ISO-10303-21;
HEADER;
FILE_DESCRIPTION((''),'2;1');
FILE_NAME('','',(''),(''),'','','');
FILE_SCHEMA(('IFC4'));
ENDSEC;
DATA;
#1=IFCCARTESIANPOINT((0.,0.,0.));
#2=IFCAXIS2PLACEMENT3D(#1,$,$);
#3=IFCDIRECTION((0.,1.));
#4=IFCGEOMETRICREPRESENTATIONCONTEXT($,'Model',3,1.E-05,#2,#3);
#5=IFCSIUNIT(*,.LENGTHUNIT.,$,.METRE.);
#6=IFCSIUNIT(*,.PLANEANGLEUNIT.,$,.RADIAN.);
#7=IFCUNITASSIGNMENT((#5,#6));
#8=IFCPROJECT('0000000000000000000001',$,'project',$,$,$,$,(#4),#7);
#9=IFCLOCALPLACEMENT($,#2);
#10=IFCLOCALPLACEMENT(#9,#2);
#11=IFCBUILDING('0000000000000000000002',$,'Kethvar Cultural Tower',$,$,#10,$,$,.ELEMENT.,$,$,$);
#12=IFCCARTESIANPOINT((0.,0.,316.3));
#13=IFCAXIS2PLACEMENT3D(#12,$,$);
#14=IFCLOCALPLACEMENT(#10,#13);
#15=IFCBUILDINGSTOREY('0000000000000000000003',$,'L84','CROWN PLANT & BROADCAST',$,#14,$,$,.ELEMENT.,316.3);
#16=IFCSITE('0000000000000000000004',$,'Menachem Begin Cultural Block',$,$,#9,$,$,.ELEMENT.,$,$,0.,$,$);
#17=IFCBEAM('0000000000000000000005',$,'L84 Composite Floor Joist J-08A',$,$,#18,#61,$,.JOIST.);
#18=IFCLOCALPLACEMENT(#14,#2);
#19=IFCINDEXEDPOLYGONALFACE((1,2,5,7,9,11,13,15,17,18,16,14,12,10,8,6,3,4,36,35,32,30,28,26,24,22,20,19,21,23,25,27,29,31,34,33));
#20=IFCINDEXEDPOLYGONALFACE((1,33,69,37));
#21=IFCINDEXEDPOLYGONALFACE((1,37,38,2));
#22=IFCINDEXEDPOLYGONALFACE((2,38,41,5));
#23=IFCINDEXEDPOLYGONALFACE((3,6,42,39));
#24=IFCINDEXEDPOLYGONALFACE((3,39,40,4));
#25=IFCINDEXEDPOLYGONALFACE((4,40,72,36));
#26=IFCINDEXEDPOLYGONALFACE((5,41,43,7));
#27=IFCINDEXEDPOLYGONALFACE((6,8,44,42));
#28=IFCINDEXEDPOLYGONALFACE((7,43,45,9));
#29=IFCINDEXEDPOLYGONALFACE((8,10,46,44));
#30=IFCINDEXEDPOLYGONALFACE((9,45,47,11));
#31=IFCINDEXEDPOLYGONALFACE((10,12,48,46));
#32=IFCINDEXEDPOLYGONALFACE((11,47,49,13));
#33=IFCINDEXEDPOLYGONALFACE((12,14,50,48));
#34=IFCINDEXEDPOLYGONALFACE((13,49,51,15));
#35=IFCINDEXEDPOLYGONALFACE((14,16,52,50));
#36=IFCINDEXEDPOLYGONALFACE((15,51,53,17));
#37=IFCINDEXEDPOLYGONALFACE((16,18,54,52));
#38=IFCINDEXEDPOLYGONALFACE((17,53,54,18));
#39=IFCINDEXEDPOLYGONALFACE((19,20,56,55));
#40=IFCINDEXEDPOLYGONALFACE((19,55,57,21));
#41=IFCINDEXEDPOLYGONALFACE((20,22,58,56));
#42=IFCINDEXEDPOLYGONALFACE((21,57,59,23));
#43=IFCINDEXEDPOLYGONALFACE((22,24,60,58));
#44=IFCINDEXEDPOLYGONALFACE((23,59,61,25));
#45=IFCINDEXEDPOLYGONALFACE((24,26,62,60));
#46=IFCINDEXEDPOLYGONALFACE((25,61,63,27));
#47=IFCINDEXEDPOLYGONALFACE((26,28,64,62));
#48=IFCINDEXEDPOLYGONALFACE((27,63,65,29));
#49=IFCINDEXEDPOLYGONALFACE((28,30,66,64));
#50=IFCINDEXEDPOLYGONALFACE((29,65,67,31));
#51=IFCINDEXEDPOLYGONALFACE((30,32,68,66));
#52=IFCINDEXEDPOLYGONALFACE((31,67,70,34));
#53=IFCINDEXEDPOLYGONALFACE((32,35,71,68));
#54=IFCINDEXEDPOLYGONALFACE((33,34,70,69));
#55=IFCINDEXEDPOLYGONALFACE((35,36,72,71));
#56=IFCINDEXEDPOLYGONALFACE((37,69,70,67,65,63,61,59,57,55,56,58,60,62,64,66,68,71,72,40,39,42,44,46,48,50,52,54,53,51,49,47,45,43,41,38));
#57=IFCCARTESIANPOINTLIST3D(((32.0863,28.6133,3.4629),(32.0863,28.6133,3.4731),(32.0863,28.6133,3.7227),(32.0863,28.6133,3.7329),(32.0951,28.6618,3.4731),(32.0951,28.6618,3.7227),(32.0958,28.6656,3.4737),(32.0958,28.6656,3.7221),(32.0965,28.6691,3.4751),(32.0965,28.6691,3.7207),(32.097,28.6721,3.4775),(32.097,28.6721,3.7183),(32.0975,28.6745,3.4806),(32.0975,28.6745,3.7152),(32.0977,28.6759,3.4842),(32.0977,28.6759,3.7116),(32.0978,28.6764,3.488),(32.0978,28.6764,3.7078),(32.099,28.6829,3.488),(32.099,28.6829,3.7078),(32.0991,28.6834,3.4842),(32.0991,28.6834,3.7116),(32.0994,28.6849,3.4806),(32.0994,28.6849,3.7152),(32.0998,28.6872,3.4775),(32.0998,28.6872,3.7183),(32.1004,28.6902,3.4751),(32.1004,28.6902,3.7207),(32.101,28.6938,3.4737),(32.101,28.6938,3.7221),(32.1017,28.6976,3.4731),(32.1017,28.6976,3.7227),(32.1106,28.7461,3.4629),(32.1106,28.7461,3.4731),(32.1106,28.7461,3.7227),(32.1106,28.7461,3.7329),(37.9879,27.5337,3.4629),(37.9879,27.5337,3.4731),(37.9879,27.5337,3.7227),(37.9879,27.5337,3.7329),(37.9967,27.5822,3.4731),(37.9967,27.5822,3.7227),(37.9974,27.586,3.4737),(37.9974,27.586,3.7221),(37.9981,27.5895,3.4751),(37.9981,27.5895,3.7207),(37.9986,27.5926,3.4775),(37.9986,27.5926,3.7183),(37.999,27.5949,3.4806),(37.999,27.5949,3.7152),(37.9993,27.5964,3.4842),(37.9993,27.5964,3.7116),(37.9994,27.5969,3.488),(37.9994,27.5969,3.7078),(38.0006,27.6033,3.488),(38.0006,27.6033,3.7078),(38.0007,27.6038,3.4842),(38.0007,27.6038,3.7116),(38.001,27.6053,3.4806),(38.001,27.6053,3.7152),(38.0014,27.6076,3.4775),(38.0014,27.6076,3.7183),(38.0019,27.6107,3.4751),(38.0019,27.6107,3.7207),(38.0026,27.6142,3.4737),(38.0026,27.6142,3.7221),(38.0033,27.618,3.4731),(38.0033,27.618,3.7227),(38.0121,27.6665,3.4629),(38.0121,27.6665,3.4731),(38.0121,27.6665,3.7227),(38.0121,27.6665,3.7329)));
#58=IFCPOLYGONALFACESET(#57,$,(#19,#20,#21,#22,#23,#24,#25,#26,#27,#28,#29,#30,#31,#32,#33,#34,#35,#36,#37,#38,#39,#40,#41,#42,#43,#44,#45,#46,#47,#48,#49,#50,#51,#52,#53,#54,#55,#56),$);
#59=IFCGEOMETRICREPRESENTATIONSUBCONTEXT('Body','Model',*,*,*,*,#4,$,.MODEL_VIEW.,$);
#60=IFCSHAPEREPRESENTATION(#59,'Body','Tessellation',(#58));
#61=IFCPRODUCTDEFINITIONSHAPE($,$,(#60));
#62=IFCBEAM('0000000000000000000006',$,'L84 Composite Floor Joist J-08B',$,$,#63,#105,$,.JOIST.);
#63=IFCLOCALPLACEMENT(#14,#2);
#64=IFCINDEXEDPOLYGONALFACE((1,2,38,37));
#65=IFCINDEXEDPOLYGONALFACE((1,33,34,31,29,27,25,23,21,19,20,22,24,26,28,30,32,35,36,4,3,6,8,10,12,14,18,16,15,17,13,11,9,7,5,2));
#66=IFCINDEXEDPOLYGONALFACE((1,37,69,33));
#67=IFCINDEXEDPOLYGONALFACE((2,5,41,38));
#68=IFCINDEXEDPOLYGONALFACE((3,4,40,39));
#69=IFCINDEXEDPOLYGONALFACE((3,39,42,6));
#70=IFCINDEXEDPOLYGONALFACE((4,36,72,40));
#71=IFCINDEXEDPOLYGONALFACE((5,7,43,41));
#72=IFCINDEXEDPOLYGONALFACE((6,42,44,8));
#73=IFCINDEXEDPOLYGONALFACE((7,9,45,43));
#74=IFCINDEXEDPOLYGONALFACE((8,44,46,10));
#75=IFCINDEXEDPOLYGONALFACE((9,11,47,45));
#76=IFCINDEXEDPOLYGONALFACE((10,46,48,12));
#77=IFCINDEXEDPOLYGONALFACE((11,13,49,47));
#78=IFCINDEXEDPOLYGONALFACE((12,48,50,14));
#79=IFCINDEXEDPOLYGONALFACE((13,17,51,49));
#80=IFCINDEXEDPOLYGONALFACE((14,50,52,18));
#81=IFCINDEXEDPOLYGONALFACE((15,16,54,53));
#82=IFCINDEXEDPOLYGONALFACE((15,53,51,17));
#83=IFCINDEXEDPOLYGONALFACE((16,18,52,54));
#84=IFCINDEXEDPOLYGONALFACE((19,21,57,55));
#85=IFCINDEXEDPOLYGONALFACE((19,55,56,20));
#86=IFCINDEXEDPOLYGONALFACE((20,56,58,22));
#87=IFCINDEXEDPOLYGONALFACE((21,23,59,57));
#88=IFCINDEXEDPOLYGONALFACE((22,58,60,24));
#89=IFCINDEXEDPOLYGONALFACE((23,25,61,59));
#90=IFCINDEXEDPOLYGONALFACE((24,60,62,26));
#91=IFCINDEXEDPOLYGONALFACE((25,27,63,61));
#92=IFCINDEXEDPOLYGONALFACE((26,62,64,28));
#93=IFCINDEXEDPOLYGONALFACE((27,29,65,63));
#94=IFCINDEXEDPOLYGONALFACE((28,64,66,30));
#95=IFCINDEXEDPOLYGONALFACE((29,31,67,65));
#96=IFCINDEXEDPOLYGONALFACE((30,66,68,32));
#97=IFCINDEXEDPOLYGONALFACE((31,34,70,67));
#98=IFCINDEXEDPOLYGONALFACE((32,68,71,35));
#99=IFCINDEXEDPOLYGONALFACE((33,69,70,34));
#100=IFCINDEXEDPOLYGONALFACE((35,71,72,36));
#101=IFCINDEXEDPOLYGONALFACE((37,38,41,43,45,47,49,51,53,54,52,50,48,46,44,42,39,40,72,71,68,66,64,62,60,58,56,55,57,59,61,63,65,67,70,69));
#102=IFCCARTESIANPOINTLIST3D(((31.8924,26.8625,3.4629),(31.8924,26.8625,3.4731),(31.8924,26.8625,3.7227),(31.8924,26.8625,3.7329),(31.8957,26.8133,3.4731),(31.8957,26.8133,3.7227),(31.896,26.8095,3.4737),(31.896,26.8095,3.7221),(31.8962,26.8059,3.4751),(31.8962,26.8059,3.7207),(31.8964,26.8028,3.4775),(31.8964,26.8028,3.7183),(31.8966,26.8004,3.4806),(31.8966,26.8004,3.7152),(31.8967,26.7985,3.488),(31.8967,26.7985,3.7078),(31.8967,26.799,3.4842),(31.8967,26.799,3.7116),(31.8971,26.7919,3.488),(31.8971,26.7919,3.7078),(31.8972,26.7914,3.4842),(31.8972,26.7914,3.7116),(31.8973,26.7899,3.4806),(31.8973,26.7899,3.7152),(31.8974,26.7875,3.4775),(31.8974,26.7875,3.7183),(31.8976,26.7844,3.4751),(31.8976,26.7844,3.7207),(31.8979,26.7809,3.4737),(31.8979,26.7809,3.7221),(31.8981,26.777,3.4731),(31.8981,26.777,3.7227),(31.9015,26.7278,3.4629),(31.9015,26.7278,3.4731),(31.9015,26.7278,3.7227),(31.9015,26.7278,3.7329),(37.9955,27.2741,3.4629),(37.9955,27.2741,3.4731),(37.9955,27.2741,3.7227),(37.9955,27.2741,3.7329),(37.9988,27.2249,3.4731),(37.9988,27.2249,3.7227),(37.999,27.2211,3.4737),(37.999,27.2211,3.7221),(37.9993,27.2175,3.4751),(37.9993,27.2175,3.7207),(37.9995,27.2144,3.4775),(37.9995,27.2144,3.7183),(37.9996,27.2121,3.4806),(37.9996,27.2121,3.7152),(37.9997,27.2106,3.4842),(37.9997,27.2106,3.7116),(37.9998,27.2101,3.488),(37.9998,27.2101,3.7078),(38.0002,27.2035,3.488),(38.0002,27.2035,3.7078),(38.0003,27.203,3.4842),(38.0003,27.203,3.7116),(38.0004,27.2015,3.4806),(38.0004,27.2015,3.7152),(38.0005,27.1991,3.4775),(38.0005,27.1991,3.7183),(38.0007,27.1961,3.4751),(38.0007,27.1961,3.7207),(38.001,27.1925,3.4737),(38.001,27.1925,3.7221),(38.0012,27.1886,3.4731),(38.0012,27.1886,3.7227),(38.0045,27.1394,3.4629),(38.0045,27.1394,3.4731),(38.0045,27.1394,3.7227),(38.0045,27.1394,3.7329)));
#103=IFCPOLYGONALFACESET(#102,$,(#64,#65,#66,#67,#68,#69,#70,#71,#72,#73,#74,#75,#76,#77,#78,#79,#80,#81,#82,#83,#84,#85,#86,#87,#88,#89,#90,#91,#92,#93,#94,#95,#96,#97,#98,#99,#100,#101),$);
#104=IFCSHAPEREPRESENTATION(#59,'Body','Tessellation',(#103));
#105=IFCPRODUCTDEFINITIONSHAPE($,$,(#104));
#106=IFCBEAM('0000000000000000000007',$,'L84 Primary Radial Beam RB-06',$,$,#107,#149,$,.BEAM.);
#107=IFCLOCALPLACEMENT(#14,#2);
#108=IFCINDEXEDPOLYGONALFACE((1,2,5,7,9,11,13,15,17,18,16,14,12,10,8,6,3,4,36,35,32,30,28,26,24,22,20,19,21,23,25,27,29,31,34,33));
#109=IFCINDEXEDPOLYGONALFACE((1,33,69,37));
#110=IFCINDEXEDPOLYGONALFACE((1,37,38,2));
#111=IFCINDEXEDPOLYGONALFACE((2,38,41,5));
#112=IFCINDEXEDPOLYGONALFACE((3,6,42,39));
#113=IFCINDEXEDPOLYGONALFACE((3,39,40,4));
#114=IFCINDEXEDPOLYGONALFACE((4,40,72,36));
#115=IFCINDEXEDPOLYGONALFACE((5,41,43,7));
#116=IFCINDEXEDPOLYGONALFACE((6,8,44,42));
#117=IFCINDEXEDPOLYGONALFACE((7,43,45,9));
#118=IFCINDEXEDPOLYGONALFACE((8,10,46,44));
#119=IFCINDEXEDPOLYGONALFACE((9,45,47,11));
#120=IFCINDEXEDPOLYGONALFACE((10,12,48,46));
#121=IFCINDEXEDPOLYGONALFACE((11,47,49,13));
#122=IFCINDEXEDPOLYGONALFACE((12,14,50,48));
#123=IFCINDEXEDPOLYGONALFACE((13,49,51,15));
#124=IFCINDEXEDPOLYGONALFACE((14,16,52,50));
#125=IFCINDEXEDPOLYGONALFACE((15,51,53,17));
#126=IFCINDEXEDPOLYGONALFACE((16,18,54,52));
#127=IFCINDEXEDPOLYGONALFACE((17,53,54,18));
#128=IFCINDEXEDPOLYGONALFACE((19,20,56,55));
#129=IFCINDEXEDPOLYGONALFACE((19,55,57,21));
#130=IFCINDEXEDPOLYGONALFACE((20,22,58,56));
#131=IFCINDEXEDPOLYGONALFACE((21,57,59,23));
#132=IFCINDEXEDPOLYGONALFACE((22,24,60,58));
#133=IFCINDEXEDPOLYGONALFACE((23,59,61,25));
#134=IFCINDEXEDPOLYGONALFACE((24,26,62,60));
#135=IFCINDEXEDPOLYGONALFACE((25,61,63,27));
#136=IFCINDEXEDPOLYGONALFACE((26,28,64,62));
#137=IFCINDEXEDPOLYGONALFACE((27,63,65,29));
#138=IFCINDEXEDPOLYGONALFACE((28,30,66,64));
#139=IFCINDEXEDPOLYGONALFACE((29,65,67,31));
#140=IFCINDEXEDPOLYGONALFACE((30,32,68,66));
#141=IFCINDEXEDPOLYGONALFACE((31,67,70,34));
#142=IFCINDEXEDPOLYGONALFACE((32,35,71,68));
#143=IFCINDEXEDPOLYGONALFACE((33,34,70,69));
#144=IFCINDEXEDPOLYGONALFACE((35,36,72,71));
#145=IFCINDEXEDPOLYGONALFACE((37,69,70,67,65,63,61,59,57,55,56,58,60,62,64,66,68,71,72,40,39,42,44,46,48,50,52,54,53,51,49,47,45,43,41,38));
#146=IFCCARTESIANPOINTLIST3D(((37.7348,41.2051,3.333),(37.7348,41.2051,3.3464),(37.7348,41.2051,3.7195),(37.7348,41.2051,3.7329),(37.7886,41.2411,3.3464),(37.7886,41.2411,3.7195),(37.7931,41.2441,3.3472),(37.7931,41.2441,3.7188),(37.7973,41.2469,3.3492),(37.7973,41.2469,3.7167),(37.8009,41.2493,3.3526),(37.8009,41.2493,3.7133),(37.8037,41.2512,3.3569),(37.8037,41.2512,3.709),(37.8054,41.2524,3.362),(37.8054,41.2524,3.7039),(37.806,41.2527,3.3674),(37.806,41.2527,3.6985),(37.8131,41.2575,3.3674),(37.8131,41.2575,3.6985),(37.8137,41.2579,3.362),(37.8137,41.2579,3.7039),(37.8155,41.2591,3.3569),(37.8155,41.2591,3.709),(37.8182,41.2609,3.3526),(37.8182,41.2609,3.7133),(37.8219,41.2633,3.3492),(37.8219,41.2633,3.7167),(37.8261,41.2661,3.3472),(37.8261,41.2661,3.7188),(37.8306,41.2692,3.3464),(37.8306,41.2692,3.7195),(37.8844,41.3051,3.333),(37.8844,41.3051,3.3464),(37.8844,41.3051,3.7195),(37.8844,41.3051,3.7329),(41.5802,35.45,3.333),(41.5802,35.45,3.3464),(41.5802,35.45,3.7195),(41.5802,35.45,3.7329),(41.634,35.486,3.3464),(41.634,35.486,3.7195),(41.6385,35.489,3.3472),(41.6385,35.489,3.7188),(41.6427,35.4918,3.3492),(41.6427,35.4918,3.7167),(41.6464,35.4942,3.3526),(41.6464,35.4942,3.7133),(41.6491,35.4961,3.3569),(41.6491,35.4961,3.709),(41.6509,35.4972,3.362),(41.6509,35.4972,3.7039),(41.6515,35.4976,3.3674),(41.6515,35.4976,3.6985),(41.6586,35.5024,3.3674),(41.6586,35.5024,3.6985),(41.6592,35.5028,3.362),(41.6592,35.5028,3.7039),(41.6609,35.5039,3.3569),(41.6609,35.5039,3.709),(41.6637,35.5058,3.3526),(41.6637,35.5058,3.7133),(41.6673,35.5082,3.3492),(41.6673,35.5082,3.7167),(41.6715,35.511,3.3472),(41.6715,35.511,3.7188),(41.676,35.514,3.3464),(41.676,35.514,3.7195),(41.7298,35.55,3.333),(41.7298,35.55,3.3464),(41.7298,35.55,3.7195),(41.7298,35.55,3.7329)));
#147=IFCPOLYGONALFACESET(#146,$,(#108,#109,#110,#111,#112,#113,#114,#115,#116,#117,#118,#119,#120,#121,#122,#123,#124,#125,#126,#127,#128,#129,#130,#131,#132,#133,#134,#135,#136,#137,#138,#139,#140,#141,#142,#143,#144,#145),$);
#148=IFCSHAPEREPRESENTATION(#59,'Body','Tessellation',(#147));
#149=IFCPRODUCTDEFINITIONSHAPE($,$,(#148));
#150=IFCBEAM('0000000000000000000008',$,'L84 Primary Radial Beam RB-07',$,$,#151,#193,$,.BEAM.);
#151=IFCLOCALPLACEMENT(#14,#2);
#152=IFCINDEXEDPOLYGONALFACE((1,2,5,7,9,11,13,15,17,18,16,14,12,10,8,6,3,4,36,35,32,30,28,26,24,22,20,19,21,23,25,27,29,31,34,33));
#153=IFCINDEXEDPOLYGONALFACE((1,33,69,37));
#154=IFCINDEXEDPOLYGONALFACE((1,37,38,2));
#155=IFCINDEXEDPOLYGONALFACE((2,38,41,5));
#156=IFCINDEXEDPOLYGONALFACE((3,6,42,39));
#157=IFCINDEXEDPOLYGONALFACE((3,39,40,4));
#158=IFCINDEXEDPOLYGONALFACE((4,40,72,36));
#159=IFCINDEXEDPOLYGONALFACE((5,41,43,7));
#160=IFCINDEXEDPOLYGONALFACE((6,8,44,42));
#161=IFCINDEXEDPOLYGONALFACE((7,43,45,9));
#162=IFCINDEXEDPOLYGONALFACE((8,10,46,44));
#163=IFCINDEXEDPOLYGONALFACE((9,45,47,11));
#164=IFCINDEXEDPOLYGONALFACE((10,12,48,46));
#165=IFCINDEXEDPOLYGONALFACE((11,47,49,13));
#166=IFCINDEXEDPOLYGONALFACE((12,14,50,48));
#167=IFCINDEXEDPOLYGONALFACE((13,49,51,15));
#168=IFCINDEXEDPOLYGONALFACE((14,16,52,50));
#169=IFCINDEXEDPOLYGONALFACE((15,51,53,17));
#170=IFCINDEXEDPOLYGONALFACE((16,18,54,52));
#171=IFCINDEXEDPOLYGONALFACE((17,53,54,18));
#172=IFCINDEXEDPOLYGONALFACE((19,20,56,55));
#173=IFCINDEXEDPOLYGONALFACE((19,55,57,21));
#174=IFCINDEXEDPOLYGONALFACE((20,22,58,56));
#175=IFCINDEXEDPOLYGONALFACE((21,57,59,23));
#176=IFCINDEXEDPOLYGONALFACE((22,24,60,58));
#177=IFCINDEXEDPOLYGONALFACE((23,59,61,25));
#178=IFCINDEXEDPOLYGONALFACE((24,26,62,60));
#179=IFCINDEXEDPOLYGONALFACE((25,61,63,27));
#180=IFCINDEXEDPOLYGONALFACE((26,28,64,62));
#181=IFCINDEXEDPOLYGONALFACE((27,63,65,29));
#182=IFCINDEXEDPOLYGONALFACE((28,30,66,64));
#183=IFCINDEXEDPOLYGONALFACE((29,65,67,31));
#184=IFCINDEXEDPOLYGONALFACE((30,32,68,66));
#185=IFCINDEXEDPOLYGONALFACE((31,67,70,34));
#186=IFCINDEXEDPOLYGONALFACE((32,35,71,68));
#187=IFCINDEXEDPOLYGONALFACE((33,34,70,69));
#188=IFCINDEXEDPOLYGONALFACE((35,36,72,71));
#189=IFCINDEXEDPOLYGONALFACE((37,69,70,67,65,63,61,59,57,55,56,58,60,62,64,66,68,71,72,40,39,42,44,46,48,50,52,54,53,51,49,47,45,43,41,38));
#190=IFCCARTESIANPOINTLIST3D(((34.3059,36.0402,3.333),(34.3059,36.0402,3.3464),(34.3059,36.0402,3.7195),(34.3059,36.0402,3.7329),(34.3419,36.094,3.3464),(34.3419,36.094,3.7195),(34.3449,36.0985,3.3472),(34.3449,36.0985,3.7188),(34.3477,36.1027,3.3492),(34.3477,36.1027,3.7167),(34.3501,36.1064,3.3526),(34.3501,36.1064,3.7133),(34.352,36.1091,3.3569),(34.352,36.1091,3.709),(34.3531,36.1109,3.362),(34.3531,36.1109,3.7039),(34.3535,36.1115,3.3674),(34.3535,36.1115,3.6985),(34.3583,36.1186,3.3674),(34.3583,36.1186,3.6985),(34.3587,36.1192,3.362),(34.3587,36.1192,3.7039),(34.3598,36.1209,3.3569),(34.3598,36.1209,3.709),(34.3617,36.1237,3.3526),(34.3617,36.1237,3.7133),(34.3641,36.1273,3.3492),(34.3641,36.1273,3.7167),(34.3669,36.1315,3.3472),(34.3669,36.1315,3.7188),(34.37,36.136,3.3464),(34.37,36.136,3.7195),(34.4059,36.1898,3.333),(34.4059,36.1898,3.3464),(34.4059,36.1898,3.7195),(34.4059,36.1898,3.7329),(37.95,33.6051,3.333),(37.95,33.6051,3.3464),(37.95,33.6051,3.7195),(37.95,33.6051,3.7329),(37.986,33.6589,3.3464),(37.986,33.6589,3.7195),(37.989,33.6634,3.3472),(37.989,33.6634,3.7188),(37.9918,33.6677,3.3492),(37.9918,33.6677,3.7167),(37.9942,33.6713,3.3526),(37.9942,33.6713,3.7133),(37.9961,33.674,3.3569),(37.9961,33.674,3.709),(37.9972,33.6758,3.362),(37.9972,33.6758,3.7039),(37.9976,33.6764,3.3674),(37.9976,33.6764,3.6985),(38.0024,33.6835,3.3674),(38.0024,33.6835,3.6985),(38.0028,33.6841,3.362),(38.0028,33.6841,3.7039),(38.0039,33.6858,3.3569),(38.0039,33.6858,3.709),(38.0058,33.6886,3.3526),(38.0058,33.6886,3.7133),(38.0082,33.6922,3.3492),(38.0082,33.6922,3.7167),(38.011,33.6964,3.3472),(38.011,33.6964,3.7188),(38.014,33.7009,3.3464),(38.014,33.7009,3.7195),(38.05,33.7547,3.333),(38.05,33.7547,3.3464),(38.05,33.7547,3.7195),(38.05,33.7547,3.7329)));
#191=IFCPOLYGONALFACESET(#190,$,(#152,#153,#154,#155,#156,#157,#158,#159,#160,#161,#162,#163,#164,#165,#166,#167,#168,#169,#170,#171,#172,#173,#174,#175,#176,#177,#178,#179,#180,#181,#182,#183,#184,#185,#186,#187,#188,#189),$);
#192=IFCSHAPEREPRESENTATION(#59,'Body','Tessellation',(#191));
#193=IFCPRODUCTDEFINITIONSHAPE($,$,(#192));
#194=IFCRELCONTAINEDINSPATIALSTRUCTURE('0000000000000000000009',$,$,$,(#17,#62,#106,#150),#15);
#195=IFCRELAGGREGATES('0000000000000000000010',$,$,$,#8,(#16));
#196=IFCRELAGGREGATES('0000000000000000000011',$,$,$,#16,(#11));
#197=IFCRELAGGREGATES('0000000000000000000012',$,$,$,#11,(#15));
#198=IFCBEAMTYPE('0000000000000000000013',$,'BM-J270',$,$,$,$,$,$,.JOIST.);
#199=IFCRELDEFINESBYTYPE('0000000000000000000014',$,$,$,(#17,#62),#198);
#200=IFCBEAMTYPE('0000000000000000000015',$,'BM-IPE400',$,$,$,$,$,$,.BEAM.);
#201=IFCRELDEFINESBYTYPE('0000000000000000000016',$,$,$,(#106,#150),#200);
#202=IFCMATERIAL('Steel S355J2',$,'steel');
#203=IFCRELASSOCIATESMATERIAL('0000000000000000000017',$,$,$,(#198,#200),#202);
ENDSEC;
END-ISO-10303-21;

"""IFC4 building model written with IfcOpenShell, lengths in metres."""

from ifc_helpers import new_model, si_unit, direction, frame, origin, origin_2d, place, context, subcontext, project, spatial, i_section, extrude, source, transform, mapped, material, material_profile, profile_set, type_object, element, save


model = new_model("IFC4")

# Units and contexts
model_context = context("Model", 3, precision=1e-05, world=origin(), true_north=direction((0.0, 1.0)))
body_context = subcontext(model_context, "Body", "Model", "MODEL_VIEW")
ifc_project = project(units=[si_unit("LENGTHUNIT", "METRE"), si_unit("PLANEANGLEUNIT", "RADIAN")], contexts=[model_context])

# Site, building, storey
site_placement = place(None, origin())
site = spatial("IfcSite", under=ifc_project, at=site_placement, Name="Menachem Begin Cultural Block", CompositionType="ELEMENT", RefElevation=0.0)
building_placement = place(site_placement, origin())
building = spatial("IfcBuilding", under=site, at=building_placement, Name="Kethvar Cultural Tower", CompositionType="ELEMENT")
storey_placement = place(building_placement, frame((0.0, 0.0, 316.3)))
storey = spatial("IfcBuildingStorey", under=building, at=storey_placement, Name="L84", Description="CROWN PLANT & BROADCAST", CompositionType="ELEMENT", Elevation=316.3)

# Beams
ifc_material_1 = material(Name="Steel S355J2", Category="steel")
ifc_material_profile_1 = material_profile(ifc_material_1, i_section(OverallWidth=0.135, OverallDepth=0.27, WebThickness=0.0066, FlangeThickness=0.0103, FilletRadius=0.0149, at=origin_2d()), Name="Steel S355J2 — IPE270")
ifc_profile_set_1 = profile_set([ifc_material_profile_1], Name="Steel S355J2 — IPE270")
beam_type_1 = type_object("IfcBeamType", Name="BM-J270", PredefinedType="JOIST", material=ifc_profile_set_1)
shared_shape_1 = source(origin(), body_context, "Body", "SweptSolid", [
    extrude(i_section(OverallWidth=0.135, OverallDepth=0.27, WebThickness=0.0066, FlangeThickness=0.0103, FilletRadius=0.0149, at=origin_2d()), origin(), (0.0, 0.0, 1.0), 5.9995),
])
beam_1_placement = place(storey_placement, frame((38.0, 27.6001, 3.5979), z_axis=(-0.983677, 0.179945, 0.0), x_axis=(-0.179945, -0.983677, 0.0)))
element("IfcBeam", 1, at=beam_1_placement, inside=storey, type_object=beam_type_1, Name="L84 Composite Floor Joist J-08A", PredefinedType="JOIST", context=body_context, shape_type="MappedRepresentation", body=[
    mapped(shared_shape_1, transform((0.0, 0.0, 0.0), scale=1.0)),
])
shared_shape_2 = source(origin(), body_context, "Body", "SweptSolid", [
    extrude(i_section(OverallWidth=0.135, OverallDepth=0.27, WebThickness=0.0066, FlangeThickness=0.0103, FilletRadius=0.0149, at=origin_2d()), origin(), (0.0, 0.0, 1.0), 6.1169),
])
beam_2_placement = place(storey_placement, frame((38.0, 27.2068, 3.5979), z_axis=(-0.997733, -0.067293, 0.0), x_axis=(0.067293, -0.997733, 0.0)))
element("IfcBeam", 2, at=beam_2_placement, inside=storey, type_object=beam_type_1, Name="L84 Composite Floor Joist J-08B", PredefinedType="JOIST", context=body_context, shape_type="MappedRepresentation", body=[
    mapped(shared_shape_2, transform((0.0, 0.0, 0.0), scale=1.0)),
])
ifc_material_profile_2 = material_profile(ifc_material_1, i_section(OverallWidth=0.1799, OverallDepth=0.3999, WebThickness=0.0085, FlangeThickness=0.0134, FilletRadius=0.021, at=origin_2d()), Name="Steel S355J2 — IPE400")
ifc_profile_set_2 = profile_set([ifc_material_profile_2], Name="Steel S355J2 — IPE400")
beam_type_2 = type_object("IfcBeamType", Name="BM-IPE400", PredefinedType="BEAM", material=ifc_profile_set_2)
shared_shape_3 = source(origin(), body_context, "Body", "SweptSolid", [
    extrude(i_section(OverallWidth=0.1799, OverallDepth=0.3999, WebThickness=0.0085, FlangeThickness=0.0134, FilletRadius=0.021, at=origin_2d()), origin(), (0.0, 0.0, 1.0), 6.9216),
])
beam_3_placement = place(storey_placement, frame((41.655, 35.5, 3.533), z_axis=(-0.555571, 0.831469, 0.0), x_axis=(-0.831469, -0.555571, 0.0)))
element("IfcBeam", 3, at=beam_3_placement, inside=storey, type_object=beam_type_2, Name="L84 Primary Radial Beam RB-06", PredefinedType="BEAM", context=body_context, shape_type="MappedRepresentation", body=[
    mapped(shared_shape_3, transform((0.0, 0.0, 0.0), scale=1.0)),
])
shared_shape_4 = source(origin(), body_context, "Body", "SweptSolid", [
    extrude(i_section(OverallWidth=0.1799, OverallDepth=0.3999, WebThickness=0.0085, FlangeThickness=0.0134, FilletRadius=0.021, at=origin_2d()), origin(), (0.0, 0.0, 1.0), 4.3828),
])
beam_4_placement = place(storey_placement, frame((38.0, 33.6799, 3.533), z_axis=(-0.83145, 0.5556, 0.0), x_axis=(-0.5556, -0.83145, 0.0)))
element("IfcBeam", 4, at=beam_4_placement, inside=storey, type_object=beam_type_2, Name="L84 Primary Radial Beam RB-07", PredefinedType="BEAM", context=body_context, shape_type="MappedRepresentation", body=[
    mapped(shared_shape_4, transform((0.0, 0.0, 0.0), scale=1.0)),
])

save(model, "model.ifc")
